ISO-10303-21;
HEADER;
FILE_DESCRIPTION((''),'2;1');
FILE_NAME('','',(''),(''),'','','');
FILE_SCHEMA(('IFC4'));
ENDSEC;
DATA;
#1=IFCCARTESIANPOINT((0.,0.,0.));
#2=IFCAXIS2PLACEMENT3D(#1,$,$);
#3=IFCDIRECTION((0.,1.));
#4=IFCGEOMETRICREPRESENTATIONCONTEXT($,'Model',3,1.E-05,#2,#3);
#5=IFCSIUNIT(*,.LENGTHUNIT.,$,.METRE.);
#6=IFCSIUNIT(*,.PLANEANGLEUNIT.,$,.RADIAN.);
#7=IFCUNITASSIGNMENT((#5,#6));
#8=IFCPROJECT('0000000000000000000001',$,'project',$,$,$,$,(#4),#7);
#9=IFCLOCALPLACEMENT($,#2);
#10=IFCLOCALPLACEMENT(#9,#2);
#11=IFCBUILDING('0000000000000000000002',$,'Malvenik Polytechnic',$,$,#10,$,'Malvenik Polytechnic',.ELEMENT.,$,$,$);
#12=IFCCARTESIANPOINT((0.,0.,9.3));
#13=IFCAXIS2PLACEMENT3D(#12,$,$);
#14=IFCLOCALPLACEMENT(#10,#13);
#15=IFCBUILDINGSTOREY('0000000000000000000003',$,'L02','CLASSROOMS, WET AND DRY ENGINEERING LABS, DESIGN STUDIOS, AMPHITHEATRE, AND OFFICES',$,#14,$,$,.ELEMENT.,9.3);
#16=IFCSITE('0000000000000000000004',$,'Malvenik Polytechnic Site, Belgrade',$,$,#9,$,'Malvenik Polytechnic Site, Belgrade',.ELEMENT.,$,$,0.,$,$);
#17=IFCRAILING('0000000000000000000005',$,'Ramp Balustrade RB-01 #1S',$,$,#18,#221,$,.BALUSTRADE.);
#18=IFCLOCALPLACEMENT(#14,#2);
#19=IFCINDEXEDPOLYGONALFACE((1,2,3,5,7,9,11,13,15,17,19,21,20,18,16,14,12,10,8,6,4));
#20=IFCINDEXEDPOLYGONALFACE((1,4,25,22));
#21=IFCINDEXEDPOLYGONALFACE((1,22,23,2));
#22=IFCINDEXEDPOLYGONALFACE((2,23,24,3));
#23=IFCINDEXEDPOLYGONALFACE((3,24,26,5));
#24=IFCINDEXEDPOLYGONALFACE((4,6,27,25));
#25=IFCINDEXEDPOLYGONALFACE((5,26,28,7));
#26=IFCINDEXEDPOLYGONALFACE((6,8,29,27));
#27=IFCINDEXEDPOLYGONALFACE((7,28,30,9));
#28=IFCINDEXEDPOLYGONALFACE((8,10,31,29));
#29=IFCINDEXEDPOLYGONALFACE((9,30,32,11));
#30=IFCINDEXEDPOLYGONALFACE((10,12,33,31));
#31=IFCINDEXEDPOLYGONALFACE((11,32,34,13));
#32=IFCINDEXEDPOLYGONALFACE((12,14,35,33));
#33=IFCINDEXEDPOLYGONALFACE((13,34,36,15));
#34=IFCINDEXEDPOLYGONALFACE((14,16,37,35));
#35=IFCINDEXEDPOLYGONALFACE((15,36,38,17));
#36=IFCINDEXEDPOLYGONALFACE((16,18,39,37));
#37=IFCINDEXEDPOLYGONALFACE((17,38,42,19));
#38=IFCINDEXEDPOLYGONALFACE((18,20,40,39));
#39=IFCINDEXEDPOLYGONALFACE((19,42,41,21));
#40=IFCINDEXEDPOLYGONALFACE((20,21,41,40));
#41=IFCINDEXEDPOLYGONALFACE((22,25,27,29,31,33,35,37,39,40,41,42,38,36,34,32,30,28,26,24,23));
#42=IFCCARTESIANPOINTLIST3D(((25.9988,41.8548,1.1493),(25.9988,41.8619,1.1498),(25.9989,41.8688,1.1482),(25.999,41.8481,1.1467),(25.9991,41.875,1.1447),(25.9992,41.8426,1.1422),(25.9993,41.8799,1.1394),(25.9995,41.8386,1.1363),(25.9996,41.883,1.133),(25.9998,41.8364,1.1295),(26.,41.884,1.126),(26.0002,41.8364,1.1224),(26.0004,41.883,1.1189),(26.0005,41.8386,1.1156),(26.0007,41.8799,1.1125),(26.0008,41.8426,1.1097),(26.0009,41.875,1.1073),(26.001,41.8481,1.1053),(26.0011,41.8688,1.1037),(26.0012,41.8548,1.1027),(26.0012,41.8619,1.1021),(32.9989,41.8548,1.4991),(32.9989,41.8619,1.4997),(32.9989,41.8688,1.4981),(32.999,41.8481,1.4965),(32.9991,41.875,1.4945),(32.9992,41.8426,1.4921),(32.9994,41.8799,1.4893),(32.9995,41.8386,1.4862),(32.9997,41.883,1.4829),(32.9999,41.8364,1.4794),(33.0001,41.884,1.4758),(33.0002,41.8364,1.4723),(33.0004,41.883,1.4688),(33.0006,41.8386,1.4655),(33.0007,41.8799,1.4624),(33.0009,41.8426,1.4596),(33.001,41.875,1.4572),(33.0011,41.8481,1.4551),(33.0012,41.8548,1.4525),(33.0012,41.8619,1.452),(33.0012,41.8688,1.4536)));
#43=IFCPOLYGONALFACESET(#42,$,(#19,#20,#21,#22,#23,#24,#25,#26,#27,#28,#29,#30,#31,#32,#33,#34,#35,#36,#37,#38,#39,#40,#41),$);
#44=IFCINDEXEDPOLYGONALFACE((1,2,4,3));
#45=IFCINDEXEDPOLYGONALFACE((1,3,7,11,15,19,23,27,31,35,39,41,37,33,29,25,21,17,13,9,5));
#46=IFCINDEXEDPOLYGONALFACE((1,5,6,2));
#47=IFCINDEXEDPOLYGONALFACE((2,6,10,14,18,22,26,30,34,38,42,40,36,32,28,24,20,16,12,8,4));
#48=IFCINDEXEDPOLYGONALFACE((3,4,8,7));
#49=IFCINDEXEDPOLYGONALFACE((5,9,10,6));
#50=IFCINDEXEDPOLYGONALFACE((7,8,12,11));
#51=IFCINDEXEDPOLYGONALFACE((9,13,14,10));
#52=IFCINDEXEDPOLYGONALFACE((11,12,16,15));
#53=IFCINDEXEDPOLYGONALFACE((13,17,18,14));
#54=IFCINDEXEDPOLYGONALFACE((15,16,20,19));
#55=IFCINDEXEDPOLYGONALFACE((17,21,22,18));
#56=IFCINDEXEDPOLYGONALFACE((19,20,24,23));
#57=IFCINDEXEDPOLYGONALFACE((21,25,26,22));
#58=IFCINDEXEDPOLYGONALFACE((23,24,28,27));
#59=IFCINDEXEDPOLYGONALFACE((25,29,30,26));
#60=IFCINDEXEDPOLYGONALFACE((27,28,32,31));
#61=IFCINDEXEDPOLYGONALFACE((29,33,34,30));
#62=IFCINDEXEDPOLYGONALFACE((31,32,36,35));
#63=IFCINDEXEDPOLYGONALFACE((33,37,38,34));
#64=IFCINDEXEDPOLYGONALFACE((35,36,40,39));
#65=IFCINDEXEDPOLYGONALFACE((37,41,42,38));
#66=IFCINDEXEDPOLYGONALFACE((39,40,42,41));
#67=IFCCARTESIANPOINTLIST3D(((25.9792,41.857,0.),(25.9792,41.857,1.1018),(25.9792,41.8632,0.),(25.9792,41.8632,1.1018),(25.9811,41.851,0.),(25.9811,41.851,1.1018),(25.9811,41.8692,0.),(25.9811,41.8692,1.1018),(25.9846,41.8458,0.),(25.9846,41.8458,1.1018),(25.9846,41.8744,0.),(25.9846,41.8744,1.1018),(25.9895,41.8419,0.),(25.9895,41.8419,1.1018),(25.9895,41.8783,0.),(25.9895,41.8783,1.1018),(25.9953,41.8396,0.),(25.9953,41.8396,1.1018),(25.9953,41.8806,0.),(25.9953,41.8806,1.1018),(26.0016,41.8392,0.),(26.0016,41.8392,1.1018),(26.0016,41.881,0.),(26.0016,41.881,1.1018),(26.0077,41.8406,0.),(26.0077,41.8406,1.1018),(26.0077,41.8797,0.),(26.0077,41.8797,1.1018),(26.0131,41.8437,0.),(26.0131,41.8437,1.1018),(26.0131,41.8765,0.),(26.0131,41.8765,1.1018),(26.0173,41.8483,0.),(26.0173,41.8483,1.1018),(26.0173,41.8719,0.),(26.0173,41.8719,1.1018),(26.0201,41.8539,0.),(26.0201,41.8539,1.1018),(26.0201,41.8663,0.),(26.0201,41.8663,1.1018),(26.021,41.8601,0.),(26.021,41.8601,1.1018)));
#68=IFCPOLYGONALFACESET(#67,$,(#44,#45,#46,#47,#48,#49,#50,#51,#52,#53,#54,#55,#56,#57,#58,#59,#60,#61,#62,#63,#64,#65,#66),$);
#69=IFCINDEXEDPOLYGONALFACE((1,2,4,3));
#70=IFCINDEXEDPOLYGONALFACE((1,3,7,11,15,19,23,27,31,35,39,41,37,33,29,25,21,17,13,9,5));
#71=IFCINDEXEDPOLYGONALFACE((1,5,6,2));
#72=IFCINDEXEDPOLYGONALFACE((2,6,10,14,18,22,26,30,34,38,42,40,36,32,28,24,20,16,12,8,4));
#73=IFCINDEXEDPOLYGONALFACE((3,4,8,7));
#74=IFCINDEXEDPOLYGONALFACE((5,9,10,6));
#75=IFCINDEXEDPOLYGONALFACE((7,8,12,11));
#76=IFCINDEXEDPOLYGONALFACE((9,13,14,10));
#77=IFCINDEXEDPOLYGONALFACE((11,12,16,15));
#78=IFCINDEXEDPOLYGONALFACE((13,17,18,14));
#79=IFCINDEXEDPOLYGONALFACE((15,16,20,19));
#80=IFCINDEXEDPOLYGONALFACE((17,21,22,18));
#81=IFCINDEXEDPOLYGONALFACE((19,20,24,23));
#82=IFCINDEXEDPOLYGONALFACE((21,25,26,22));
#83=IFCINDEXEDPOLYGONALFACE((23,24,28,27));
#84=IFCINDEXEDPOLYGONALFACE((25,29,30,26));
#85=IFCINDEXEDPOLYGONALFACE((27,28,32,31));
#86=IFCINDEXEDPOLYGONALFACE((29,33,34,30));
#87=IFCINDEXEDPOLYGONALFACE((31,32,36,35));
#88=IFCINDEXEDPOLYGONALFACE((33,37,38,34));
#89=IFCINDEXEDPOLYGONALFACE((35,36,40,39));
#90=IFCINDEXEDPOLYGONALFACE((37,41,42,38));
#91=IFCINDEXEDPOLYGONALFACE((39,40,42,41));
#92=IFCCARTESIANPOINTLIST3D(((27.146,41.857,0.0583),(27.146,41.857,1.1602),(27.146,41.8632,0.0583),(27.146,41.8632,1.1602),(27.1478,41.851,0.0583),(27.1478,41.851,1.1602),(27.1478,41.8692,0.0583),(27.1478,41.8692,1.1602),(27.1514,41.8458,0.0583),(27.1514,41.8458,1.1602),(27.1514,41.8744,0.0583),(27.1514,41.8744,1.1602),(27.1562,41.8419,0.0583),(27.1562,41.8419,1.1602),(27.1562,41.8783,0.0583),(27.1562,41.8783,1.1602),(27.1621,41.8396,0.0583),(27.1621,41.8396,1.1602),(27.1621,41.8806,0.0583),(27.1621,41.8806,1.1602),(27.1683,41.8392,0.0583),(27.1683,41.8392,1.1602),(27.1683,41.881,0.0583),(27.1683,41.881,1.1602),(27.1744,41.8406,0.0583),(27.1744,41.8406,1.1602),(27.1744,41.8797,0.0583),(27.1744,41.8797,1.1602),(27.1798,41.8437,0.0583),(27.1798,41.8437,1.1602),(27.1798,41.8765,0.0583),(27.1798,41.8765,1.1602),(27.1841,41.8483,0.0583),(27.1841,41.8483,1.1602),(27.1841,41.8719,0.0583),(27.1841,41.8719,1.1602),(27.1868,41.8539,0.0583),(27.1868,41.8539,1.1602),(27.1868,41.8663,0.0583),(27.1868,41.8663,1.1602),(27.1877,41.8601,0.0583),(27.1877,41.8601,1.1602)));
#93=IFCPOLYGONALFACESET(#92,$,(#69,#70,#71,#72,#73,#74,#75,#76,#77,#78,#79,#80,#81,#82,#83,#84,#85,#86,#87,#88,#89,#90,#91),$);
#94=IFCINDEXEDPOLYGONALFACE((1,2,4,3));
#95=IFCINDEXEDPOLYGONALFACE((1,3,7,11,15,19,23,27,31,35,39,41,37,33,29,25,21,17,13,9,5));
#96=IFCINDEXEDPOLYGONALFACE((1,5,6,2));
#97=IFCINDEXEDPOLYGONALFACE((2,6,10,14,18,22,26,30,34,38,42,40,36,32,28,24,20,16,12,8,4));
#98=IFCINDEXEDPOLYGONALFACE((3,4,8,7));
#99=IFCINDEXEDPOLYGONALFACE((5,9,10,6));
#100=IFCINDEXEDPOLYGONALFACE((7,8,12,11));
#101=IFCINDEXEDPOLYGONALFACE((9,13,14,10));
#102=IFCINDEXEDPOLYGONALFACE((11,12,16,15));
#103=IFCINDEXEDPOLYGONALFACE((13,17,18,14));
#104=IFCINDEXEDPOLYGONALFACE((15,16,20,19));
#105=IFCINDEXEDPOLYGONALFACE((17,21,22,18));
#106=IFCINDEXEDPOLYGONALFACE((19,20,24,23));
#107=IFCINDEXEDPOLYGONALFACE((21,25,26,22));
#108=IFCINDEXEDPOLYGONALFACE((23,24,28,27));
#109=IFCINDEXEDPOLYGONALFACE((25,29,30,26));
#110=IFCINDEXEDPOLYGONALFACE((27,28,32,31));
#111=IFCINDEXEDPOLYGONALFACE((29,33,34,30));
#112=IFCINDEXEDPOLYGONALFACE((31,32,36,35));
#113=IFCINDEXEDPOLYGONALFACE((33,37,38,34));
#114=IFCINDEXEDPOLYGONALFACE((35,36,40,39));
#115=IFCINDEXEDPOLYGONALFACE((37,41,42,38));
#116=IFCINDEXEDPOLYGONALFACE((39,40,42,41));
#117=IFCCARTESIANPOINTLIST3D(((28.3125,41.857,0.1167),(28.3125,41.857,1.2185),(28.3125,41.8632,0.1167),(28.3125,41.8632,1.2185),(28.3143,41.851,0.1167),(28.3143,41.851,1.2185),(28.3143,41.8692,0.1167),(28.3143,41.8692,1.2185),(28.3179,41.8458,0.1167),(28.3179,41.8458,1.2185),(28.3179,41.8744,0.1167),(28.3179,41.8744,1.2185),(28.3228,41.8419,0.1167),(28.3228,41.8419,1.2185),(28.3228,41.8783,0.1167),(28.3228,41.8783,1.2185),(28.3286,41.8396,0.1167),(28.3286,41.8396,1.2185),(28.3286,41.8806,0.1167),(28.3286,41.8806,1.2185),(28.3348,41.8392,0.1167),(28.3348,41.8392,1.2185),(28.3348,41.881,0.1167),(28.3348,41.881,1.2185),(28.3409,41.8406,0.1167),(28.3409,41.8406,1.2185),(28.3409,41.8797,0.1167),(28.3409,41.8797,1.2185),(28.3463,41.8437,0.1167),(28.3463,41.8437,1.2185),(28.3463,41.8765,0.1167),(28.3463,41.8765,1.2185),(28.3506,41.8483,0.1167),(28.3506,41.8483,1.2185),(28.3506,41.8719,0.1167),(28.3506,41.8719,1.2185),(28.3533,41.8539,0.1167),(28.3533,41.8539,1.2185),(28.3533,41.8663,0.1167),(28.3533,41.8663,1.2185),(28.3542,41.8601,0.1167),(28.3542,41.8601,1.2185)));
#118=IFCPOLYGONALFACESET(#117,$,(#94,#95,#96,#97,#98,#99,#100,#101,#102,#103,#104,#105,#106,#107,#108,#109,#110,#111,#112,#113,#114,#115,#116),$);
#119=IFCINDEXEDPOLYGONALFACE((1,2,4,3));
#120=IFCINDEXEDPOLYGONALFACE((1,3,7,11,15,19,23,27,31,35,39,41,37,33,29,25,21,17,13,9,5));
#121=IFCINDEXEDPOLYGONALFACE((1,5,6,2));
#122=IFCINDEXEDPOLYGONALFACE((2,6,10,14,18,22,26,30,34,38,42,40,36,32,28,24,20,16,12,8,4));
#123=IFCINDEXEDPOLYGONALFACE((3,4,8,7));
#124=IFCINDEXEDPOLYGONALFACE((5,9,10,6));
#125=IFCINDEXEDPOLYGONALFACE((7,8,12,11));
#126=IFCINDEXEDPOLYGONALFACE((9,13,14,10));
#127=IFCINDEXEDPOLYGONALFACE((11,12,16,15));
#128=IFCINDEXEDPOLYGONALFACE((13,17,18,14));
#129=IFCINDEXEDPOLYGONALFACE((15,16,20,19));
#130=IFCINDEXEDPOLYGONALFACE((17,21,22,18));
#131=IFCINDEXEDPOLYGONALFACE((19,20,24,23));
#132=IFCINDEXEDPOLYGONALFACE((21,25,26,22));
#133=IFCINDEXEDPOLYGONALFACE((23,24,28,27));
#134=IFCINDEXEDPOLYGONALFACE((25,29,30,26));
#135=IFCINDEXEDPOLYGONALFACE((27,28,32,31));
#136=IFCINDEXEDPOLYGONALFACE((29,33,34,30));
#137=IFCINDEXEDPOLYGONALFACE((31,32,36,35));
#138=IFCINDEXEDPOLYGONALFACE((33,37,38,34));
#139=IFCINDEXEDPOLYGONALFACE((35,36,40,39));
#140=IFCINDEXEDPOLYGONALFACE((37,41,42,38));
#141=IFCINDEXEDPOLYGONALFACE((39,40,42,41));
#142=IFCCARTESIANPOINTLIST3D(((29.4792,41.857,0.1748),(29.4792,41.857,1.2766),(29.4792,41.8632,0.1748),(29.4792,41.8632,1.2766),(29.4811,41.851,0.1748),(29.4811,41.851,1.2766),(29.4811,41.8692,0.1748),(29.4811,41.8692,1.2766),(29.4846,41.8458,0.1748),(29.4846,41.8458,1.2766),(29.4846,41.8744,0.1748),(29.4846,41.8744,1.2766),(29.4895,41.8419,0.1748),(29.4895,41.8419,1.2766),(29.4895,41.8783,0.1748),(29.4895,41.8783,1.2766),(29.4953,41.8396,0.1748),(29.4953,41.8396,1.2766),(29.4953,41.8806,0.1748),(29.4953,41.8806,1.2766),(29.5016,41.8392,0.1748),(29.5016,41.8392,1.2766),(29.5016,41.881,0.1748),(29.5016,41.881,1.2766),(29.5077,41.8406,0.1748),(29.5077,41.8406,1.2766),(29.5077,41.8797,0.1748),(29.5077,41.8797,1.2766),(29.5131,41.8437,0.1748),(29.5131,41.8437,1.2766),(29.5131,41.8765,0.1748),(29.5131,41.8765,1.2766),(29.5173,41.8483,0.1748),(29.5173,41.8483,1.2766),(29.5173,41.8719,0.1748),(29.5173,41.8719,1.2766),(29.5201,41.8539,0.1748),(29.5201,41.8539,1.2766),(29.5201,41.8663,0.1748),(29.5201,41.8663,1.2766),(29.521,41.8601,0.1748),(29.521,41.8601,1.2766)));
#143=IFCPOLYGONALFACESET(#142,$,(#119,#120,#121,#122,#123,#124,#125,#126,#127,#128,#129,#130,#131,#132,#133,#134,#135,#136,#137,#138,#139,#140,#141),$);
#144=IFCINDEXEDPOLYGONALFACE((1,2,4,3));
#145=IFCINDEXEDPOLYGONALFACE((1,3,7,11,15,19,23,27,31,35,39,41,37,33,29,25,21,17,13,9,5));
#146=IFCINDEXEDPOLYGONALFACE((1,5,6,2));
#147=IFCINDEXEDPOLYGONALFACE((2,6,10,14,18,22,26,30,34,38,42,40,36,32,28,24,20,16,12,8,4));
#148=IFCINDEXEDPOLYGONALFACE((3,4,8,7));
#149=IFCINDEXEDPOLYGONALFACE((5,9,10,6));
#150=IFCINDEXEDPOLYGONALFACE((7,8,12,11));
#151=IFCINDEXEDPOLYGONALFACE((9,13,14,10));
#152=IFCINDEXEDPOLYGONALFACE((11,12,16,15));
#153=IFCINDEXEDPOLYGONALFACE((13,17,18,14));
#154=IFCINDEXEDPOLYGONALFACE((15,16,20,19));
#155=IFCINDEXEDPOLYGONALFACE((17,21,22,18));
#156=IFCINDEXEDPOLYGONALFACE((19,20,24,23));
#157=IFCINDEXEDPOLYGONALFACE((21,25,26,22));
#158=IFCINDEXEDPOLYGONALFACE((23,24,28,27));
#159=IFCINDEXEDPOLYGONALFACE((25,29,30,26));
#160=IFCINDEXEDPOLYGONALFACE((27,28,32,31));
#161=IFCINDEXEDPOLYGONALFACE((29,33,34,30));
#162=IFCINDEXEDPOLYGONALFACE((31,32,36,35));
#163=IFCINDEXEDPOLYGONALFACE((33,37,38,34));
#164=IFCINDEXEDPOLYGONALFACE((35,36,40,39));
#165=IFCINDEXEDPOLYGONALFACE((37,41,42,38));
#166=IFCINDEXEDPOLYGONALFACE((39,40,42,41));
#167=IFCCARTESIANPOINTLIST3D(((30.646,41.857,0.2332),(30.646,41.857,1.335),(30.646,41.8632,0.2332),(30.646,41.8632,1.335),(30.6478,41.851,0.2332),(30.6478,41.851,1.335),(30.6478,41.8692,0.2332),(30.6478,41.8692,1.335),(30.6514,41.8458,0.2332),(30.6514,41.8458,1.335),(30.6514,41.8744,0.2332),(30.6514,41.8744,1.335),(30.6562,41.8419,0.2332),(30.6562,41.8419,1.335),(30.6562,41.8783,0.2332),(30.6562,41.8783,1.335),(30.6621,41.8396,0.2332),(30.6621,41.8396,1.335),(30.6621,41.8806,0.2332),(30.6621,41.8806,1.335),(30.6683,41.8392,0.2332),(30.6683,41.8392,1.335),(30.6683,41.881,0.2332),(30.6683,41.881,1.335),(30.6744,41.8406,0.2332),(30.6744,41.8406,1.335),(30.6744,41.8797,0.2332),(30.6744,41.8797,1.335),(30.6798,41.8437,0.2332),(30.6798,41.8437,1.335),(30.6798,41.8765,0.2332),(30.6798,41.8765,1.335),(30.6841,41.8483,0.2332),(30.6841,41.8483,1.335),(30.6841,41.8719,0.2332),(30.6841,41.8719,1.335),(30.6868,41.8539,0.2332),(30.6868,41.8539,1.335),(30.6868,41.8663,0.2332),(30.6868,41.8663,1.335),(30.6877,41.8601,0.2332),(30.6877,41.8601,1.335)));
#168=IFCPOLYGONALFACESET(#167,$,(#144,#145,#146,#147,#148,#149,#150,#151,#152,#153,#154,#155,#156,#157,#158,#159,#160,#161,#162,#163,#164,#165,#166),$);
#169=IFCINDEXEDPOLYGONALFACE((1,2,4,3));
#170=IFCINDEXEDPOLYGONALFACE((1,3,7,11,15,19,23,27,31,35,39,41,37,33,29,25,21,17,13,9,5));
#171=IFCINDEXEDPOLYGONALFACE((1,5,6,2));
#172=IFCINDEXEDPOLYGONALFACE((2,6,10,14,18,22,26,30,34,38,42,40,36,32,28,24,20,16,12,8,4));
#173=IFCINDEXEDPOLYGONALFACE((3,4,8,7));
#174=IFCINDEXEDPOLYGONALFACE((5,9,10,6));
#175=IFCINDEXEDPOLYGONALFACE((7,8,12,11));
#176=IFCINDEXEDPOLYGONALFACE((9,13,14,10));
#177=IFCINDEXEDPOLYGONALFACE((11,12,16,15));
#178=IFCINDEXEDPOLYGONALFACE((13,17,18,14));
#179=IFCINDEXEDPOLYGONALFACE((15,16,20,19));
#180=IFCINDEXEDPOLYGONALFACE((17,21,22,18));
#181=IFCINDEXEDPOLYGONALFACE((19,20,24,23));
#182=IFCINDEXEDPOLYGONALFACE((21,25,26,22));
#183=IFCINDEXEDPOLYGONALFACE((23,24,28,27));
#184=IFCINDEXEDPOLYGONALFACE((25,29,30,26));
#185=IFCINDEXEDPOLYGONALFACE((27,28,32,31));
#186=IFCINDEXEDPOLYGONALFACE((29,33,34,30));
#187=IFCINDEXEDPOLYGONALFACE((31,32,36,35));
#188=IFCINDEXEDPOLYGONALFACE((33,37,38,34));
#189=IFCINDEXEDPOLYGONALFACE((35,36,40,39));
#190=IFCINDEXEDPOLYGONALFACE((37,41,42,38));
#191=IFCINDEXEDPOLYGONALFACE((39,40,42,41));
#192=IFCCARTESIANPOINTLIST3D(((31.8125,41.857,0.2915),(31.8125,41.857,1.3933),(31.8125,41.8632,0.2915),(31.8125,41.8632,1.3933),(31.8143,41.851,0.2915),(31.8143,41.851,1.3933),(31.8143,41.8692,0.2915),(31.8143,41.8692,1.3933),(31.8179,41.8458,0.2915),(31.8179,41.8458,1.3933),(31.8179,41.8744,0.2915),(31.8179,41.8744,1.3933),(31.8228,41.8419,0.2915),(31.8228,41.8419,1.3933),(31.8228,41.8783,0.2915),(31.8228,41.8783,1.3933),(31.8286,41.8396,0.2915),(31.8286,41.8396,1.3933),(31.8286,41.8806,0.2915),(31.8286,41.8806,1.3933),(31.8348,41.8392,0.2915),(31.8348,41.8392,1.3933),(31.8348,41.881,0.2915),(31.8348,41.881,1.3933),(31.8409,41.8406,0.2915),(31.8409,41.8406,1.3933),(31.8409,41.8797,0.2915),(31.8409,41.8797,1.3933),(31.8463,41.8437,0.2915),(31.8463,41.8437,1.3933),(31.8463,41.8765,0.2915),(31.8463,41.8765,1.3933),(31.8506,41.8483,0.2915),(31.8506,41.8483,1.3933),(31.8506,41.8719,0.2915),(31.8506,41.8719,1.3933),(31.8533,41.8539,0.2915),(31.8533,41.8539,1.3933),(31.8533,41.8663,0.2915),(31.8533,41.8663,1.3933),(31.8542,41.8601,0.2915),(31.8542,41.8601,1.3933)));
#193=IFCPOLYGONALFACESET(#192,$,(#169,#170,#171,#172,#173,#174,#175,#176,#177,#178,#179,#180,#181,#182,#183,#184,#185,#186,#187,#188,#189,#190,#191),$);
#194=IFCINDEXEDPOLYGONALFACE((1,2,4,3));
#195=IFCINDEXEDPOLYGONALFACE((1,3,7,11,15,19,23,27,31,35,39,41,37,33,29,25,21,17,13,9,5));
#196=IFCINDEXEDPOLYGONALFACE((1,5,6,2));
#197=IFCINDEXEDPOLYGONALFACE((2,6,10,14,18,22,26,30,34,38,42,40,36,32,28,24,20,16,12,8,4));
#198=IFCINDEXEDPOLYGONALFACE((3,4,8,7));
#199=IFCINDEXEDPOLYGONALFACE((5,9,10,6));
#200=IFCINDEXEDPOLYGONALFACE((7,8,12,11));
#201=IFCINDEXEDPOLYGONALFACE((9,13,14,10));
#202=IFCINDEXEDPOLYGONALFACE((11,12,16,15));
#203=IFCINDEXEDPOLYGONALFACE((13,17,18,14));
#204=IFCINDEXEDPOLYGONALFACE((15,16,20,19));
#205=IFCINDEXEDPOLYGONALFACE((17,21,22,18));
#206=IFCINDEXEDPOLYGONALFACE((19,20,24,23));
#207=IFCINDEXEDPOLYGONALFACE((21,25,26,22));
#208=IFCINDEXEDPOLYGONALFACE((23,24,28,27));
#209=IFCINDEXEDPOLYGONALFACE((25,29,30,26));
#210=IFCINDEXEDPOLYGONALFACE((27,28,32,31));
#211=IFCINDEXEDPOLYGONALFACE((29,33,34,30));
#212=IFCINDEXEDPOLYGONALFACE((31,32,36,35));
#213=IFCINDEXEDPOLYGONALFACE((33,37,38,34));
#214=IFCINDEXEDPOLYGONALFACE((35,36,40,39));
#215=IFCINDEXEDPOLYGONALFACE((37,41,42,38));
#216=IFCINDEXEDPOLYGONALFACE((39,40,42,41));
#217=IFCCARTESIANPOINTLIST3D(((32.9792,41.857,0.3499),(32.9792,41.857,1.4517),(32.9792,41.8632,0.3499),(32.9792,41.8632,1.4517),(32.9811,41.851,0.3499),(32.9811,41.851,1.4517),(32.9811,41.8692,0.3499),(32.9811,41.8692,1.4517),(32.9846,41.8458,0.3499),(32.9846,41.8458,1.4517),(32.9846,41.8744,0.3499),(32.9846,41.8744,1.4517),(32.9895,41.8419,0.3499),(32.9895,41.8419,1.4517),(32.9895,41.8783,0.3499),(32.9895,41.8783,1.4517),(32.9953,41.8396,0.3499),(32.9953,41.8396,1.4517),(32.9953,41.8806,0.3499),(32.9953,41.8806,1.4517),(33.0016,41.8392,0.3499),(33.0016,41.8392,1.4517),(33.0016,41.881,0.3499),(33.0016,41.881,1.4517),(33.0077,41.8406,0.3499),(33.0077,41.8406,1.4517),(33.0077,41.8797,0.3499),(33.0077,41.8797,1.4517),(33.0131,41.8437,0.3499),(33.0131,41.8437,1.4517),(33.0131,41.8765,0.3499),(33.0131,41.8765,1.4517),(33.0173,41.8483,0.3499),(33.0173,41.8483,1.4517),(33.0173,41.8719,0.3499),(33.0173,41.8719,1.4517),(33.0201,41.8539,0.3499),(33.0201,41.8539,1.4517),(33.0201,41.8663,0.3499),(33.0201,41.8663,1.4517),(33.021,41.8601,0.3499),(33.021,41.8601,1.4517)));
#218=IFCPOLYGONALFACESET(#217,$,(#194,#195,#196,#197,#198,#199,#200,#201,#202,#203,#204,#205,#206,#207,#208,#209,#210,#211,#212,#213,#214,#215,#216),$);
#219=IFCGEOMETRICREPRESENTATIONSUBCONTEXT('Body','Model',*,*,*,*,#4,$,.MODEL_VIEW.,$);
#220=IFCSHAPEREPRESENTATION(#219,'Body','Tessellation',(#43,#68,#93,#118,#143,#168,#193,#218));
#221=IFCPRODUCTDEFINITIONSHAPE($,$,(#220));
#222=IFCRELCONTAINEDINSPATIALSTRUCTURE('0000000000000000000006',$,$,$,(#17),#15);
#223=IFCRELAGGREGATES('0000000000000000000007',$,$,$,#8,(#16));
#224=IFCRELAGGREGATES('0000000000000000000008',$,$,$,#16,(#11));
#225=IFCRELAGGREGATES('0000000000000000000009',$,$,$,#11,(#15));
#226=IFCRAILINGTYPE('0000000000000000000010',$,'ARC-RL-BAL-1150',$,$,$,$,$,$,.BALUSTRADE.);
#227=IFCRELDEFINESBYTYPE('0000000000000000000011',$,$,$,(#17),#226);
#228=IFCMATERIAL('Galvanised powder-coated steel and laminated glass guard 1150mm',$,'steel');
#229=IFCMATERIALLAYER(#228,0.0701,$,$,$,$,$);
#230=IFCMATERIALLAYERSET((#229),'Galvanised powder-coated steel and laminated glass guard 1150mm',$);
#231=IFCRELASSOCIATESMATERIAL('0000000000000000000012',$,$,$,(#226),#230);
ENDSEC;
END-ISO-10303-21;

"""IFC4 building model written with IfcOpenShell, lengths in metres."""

from ifc_helpers import new_model, si_unit, direction, frame, origin, origin_2d, place, context, subcontext, project, spatial, circle, extrude, material, layer, layer_set, type_object, element, save


model = new_model("IFC4")

# Units and contexts
model_context = context("Model", 3, precision=1e-05, world=origin(), true_north=direction((0.0, 1.0)))
body_context = subcontext(model_context, "Body", "Model", "MODEL_VIEW")
ifc_project = project(units=[si_unit("LENGTHUNIT", "METRE"), si_unit("PLANEANGLEUNIT", "RADIAN")], contexts=[model_context])

# Site, building, storey
site_placement = place(None, origin())
site = spatial("IfcSite", under=ifc_project, at=site_placement, Name="Malvenik Polytechnic Site, Belgrade", LongName="Malvenik Polytechnic Site, Belgrade", CompositionType="ELEMENT", RefElevation=0.0)
building_placement = place(site_placement, origin())
building = spatial("IfcBuilding", under=site, at=building_placement, Name="Malvenik Polytechnic", LongName="Malvenik Polytechnic", CompositionType="ELEMENT")
storey_placement = place(building_placement, frame((0.0, 0.0, 9.3)))
storey = spatial("IfcBuildingStorey", under=building, at=storey_placement, Name="L02", Description="CLASSROOMS, WET AND DRY ENGINEERING LABS, DESIGN STUDIOS, AMPHITHEATRE, AND OFFICES", CompositionType="ELEMENT", Elevation=9.3)

# Railing
ifc_material_1 = material(Name="Galvanised powder-coated steel and laminated glass guard 1150mm", Category="steel")
ifc_layer_1 = layer(ifc_material_1, 0.0701)
ifc_layer_set_1 = layer_set([ifc_layer_1], Name="Galvanised powder-coated steel and laminated glass guard 1150mm")
railing_type_1 = type_object("IfcRailingType", Name="ARC-RL-BAL-1150", PredefinedType="BALUSTRADE", material=ifc_layer_set_1)
railing_1_placement = place(storey_placement, frame((26.0, 41.8601, 0.0)))
element("IfcRailing", 1, at=railing_1_placement, inside=storey, type_object=railing_type_1, Name="Ramp Balustrade RB-01 #1S", PredefinedType="BALUSTRADE", context=body_context, shape_type="SweptSolid", body=[
    extrude(circle(Radius=0.0239, at=origin_2d()), frame((0.0, 0.0, 1.126), z_axis=(0.998753, 0.0, 0.049917), x_axis=(0.0, 1.0, 0.0)), (0.0, 0.0, 1.0), 7.0088),
    extrude(circle(Radius=0.021, at=origin_2d()), origin(), (0.0, 0.0, 1.0), 1.1018),
    extrude(circle(Radius=0.021, at=origin_2d()), frame((1.1667, 0.0, 0.0583)), (0.0, 0.0, 1.0), 1.1018),
    extrude(circle(Radius=0.021, at=origin_2d()), frame((2.3333, 0.0, 0.1167)), (0.0, 0.0, 1.0), 1.1018),
    extrude(circle(Radius=0.021, at=origin_2d()), frame((3.5, 0.0, 0.1748)), (0.0, 0.0, 1.0), 1.1018),
    extrude(circle(Radius=0.021, at=origin_2d()), frame((4.6667, 0.0, 0.2332)), (0.0, 0.0, 1.0), 1.1018),
    extrude(circle(Radius=0.021, at=origin_2d()), frame((5.8333, 0.0, 0.2915)), (0.0, 0.0, 1.0), 1.1018),
    extrude(circle(Radius=0.021, at=origin_2d()), frame((7.0, 0.0, 0.3499)), (0.0, 0.0, 1.0), 1.1018),
])

save(model, "model.ifc")
